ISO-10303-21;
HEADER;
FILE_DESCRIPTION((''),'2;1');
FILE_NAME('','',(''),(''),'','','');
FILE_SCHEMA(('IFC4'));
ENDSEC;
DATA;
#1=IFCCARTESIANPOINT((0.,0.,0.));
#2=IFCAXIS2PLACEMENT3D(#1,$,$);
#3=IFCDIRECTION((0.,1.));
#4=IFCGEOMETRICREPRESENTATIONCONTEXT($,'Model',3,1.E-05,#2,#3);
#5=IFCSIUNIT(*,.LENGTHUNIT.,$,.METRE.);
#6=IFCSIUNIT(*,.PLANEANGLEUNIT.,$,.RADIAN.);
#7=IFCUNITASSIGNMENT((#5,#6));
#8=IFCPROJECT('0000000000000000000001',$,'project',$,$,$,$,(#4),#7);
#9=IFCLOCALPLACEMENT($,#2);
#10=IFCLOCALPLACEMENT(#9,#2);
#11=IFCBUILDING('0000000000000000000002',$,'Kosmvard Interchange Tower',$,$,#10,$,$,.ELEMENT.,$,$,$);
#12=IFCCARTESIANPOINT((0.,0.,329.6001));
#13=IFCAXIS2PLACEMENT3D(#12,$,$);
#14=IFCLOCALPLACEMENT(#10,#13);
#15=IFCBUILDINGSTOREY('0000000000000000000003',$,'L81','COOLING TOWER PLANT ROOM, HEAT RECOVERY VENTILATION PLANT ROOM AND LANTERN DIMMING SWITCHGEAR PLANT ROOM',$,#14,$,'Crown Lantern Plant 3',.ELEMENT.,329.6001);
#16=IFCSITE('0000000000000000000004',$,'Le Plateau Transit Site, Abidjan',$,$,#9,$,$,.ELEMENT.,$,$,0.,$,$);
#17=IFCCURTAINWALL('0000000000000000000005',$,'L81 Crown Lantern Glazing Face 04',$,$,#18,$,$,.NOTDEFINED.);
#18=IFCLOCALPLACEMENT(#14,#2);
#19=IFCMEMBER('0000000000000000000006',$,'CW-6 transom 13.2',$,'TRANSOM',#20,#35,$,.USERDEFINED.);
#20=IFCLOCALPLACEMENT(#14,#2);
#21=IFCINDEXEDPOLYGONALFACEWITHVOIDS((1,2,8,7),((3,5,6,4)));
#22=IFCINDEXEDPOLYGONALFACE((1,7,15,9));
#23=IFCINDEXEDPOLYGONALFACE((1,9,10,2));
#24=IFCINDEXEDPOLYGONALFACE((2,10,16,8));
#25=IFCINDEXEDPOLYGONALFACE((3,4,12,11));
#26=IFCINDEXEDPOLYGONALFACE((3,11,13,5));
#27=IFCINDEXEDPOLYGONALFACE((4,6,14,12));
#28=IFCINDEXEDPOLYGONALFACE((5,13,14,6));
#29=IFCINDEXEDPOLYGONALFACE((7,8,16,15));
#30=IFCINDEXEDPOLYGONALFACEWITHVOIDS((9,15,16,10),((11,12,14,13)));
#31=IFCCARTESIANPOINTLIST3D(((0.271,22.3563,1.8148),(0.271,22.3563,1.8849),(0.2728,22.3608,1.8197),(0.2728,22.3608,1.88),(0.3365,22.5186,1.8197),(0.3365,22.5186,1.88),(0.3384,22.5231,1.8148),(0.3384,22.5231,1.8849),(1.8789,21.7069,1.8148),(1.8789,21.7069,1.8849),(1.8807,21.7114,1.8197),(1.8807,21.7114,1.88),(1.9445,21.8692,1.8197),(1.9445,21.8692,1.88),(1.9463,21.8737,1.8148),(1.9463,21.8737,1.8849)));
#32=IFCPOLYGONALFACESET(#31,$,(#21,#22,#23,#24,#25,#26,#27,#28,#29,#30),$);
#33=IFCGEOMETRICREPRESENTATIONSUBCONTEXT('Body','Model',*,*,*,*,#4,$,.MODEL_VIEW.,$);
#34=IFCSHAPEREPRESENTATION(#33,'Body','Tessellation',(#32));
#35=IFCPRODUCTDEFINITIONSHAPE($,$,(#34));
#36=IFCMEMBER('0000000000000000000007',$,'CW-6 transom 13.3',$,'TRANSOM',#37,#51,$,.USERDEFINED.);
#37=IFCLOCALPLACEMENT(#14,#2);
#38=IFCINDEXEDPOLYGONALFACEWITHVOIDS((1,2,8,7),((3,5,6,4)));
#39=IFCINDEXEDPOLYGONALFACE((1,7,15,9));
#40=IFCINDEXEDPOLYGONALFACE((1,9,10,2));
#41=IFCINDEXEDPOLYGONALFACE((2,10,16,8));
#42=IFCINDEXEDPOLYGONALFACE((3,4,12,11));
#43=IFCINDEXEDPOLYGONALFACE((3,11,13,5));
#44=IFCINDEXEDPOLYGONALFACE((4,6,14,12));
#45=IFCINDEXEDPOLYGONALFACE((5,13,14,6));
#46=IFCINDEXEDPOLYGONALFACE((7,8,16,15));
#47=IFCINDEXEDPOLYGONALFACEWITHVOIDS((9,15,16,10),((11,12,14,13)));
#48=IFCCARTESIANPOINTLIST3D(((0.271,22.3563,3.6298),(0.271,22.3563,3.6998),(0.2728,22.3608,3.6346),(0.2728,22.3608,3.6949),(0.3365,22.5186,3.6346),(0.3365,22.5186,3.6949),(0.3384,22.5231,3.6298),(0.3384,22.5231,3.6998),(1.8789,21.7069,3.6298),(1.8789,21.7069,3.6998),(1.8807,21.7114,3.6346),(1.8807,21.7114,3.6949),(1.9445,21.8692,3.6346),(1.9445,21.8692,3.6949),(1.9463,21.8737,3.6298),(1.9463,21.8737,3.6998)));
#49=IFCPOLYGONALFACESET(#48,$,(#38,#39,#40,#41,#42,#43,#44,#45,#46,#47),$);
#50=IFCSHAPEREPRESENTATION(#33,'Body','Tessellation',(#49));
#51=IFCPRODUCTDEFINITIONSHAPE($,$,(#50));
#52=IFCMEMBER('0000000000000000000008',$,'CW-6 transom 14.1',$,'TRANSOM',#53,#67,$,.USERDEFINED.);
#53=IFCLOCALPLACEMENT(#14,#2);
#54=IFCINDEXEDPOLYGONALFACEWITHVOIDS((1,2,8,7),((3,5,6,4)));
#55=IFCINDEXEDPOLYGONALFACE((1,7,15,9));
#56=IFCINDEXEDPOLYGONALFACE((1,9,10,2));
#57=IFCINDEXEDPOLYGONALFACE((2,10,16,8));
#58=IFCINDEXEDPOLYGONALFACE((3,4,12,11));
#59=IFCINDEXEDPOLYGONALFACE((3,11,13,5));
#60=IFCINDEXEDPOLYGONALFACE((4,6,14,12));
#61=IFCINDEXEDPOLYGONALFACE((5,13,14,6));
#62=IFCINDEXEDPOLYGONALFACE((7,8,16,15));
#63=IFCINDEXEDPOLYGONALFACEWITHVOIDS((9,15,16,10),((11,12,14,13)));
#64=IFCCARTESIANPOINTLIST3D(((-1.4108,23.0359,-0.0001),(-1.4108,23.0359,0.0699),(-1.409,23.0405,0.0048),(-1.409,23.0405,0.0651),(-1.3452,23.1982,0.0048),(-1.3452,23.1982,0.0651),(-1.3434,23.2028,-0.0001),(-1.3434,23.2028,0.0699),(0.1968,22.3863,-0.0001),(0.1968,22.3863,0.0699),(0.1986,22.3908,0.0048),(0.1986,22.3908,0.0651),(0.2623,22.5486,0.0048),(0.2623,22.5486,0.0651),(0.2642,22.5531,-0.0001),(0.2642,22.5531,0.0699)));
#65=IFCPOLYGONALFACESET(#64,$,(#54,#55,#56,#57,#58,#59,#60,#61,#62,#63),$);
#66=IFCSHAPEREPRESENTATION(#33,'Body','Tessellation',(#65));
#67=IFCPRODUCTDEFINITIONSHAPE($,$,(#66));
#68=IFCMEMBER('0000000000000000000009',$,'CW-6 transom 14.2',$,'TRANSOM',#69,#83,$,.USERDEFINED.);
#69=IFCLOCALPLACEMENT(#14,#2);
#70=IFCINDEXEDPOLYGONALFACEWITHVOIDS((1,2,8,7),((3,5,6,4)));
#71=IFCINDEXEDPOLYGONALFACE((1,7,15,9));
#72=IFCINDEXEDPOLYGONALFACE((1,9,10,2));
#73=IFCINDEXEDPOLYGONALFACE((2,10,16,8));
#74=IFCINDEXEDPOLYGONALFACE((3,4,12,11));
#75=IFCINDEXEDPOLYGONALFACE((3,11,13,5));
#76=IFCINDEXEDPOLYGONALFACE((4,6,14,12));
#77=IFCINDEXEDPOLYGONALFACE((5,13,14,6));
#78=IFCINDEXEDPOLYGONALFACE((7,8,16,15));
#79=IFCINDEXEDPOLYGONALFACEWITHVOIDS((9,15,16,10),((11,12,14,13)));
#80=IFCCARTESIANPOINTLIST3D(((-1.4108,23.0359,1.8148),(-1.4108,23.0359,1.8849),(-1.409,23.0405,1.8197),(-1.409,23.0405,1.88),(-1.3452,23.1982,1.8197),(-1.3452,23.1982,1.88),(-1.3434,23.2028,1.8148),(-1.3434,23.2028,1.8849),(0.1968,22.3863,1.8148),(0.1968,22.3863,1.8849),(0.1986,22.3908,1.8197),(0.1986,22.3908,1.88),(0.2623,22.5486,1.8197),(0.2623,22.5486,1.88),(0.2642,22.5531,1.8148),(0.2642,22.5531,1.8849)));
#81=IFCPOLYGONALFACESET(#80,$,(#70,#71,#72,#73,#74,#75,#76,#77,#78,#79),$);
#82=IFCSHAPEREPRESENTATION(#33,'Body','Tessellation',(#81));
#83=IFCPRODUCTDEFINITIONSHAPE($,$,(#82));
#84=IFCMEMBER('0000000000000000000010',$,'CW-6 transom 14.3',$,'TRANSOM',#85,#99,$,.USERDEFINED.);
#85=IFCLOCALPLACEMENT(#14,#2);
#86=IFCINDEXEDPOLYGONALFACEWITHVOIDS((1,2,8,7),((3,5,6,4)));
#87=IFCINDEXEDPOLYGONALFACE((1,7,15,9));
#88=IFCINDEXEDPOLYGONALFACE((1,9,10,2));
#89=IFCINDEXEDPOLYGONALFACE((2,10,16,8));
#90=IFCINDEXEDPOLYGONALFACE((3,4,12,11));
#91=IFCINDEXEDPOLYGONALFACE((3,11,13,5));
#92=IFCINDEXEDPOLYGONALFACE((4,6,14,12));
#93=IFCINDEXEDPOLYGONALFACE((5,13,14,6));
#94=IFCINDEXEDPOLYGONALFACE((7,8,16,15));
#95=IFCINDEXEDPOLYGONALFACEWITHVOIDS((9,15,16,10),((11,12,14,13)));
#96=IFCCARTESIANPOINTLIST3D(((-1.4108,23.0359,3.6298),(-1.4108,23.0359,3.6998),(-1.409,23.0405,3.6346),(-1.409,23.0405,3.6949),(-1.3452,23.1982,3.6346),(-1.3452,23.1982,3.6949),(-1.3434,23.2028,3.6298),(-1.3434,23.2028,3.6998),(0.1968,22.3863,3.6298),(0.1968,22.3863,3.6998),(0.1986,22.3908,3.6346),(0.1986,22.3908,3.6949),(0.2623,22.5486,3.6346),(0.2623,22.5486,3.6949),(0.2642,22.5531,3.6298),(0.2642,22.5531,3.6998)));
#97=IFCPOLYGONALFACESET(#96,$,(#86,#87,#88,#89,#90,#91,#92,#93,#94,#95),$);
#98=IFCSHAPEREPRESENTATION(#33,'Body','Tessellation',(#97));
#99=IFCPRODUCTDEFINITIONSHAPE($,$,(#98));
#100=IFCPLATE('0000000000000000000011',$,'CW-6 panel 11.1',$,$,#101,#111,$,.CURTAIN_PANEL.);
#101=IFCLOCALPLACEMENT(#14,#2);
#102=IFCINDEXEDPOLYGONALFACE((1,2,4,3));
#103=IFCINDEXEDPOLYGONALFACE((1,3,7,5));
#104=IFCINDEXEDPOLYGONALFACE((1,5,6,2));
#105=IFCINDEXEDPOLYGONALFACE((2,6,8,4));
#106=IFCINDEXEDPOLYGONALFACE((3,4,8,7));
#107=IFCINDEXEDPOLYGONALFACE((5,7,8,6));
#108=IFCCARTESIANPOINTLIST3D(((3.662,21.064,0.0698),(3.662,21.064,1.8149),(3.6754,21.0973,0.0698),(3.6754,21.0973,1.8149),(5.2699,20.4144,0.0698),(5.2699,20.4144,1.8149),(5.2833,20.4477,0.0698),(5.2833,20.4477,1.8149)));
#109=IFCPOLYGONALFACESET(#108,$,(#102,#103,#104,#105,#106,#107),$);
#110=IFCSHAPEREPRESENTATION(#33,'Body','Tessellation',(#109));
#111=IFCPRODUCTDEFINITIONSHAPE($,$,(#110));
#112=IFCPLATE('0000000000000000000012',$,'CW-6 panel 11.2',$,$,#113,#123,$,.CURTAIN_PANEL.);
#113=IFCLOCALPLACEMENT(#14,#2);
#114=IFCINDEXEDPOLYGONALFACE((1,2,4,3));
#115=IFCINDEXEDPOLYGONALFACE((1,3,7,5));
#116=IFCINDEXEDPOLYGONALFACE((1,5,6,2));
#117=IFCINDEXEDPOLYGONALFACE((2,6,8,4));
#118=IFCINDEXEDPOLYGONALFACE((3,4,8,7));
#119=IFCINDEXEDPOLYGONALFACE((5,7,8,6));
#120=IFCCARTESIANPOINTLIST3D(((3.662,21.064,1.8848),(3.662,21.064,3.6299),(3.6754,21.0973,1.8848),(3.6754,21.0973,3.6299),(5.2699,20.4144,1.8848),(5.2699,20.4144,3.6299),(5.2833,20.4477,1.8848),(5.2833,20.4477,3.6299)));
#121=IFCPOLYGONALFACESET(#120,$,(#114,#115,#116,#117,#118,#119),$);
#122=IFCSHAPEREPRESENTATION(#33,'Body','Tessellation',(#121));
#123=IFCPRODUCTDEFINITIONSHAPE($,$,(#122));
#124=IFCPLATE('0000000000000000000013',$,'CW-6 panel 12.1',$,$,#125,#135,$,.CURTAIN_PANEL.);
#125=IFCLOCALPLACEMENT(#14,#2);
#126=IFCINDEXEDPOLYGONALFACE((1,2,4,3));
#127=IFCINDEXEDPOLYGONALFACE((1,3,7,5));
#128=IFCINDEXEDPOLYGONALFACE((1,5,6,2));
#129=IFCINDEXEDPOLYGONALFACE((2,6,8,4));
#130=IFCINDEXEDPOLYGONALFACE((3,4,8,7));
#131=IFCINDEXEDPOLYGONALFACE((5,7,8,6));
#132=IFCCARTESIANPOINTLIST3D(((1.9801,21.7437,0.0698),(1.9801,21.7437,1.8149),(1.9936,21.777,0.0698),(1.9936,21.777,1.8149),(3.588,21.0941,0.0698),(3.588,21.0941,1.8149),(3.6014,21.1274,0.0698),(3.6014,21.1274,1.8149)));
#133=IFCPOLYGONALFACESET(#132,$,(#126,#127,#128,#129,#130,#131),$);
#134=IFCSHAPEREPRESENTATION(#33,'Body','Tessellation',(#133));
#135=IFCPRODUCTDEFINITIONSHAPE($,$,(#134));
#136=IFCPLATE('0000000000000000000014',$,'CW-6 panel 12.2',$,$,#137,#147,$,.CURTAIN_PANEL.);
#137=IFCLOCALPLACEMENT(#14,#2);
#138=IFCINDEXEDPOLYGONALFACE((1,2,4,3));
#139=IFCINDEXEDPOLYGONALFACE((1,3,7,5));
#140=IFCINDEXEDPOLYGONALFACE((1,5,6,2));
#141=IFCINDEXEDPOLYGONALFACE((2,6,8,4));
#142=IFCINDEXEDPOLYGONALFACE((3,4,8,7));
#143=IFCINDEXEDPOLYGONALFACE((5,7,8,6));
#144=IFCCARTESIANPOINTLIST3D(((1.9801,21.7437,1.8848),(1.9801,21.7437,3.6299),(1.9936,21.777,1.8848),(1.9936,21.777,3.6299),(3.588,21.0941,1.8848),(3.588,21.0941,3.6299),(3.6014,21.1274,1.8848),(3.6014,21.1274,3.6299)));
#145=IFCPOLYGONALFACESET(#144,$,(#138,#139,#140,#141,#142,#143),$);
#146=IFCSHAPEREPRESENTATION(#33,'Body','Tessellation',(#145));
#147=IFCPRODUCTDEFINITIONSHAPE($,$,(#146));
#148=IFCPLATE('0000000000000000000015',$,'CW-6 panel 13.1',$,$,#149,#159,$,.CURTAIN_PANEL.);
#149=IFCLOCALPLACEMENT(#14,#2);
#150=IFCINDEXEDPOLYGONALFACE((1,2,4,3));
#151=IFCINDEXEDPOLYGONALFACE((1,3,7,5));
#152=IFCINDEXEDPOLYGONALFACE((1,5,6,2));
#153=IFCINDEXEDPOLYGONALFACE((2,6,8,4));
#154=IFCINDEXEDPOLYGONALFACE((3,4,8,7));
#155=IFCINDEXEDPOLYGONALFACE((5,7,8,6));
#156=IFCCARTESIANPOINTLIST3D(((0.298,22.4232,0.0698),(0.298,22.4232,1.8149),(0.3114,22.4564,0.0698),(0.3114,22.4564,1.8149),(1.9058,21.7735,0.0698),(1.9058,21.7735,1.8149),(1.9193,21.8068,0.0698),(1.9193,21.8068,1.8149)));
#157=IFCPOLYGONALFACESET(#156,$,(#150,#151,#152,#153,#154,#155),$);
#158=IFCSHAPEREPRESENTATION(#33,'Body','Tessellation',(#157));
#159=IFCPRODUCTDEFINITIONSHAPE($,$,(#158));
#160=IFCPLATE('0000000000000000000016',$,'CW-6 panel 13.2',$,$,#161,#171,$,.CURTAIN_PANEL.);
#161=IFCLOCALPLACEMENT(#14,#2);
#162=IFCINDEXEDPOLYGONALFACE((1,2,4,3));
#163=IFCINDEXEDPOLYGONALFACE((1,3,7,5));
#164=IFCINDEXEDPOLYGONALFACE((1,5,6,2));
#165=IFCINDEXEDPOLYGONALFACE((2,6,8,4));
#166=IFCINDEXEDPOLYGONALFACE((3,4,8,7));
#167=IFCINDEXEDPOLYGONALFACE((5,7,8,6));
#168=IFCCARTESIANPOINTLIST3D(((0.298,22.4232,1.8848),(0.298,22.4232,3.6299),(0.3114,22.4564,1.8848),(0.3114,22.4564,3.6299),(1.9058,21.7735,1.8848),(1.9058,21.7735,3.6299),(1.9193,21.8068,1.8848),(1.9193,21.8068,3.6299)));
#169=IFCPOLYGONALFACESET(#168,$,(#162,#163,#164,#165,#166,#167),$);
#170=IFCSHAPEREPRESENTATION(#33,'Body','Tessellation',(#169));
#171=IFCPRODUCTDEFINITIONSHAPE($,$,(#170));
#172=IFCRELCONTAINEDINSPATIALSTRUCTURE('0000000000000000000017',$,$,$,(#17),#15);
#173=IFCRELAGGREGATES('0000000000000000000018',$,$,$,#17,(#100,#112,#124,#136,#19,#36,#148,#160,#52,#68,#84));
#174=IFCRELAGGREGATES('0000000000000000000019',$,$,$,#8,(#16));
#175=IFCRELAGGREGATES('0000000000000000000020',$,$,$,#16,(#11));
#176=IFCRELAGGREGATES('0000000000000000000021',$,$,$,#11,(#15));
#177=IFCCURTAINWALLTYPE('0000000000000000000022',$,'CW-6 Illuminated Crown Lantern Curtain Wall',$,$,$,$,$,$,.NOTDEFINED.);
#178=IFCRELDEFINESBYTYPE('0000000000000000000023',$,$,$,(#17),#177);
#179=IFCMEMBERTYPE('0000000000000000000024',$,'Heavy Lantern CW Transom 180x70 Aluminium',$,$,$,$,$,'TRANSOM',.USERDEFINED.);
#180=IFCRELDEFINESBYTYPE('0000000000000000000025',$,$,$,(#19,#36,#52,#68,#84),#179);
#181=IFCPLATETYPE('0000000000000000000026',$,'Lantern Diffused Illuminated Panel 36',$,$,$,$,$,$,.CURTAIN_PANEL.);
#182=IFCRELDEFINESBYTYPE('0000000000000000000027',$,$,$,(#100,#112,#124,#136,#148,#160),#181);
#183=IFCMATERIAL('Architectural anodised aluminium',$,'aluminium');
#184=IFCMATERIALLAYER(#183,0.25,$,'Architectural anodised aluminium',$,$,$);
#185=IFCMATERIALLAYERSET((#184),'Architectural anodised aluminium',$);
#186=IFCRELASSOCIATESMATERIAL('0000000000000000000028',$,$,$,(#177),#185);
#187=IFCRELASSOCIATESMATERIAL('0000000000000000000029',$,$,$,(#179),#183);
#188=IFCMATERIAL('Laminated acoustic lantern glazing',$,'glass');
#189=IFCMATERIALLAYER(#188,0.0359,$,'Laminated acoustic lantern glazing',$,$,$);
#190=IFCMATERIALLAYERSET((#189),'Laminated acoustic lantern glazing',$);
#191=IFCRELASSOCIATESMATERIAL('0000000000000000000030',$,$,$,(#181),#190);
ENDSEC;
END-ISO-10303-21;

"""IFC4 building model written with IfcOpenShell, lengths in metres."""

from ifc_helpers import new_model, si_unit, direction, frame, origin, origin_2d, place, context, subcontext, project, spatial, rectangle, hollow_rectangle, extrude, source, transform, mapped, material, layer, layer_set, material_profile, profile_set, type_object, element, aggregate, save


model = new_model("IFC4")

# Units and contexts
model_context = context("Model", 3, precision=1e-05, world=origin(), true_north=direction((0.0, 1.0)))
body_context = subcontext(model_context, "Body", "Model", "MODEL_VIEW")
ifc_project = project(units=[si_unit("LENGTHUNIT", "METRE"), si_unit("PLANEANGLEUNIT", "RADIAN")], contexts=[model_context])

# Site, building, storey
site_placement = place(None, origin())
site = spatial("IfcSite", under=ifc_project, at=site_placement, Name="Le Plateau Transit Site, Abidjan", CompositionType="ELEMENT", RefElevation=0.0)
building_placement = place(site_placement, origin())
building = spatial("IfcBuilding", under=site, at=building_placement, Name="Kosmvard Interchange Tower", CompositionType="ELEMENT")
storey_placement = place(building_placement, frame((0.0, 0.0, 329.6001)))
storey = spatial("IfcBuildingStorey", under=building, at=storey_placement, Name="L81", Description="COOLING TOWER PLANT ROOM, HEAT RECOVERY VENTILATION PLANT ROOM AND LANTERN DIMMING SWITCHGEAR PLANT ROOM", LongName="Crown Lantern Plant 3", CompositionType="ELEMENT", Elevation=329.6001)

# Curtain wall, members, plates
ifc_material_1 = material(Name="Architectural anodised aluminium", Category="aluminium")
ifc_layer_1 = layer(ifc_material_1, 0.25, Name="Architectural anodised aluminium")
ifc_layer_set_1 = layer_set([ifc_layer_1], Name="Architectural anodised aluminium")
curtain_wall_type = type_object("IfcCurtainWallType", Name="CW-6 Illuminated Crown Lantern Curtain Wall", PredefinedType="NOTDEFINED", material=ifc_layer_set_1)
curtain_wall_placement = place(storey_placement, origin())
curtain_wall = element("IfcCurtainWall", 1, at=curtain_wall_placement, inside=storey, type_object=curtain_wall_type, Name="L81 Crown Lantern Glazing Face 04", PredefinedType="NOTDEFINED")
ifc_material_profile_1 = material_profile(ifc_material_1, hollow_rectangle(XDim=0.1799, YDim=0.0701, WallThickness=0.0049, at=origin_2d()), Name="CWT 180x70x5")
ifc_profile_set_1 = profile_set([ifc_material_profile_1], Name="Architectural anodised aluminium")
member_type_1 = type_object("IfcMemberType", Name="Heavy Lantern CW Transom 180x70 Aluminium", ElementType="TRANSOM", PredefinedType="USERDEFINED", material=ifc_profile_set_1)
shared_shape_1 = source(origin(), body_context, "Body", "SweptSolid", [
    extrude(hollow_rectangle(XDim=0.1799, YDim=0.0701, WallThickness=0.0049, at=origin_2d()), origin(), (0.0, 0.0, 1.0), 1.7341),
])
member_1_placement = place(storey_placement, frame((1.9126, 21.7903, 1.8499), z_axis=(-0.927229, 0.374496, 0.0), x_axis=(-0.374496, -0.927229, 0.0)))
member_1 = element("IfcMember", 2, at=member_1_placement, type_object=member_type_1, Name="CW-6 transom 13.2", ObjectType="TRANSOM", PredefinedType="USERDEFINED", context=body_context, shape_type="MappedRepresentation", body=[
    mapped(shared_shape_1, transform((0.0, 0.0, 0.0), scale=1.0)),
])
member_2_placement = place(storey_placement, frame((1.9126, 21.7903, 3.6648), z_axis=(-0.927229, 0.374496, 0.0), x_axis=(-0.374496, -0.927229, 0.0)))
member_2 = element("IfcMember", 3, at=member_2_placement, type_object=member_type_1, Name="CW-6 transom 13.3", ObjectType="TRANSOM", PredefinedType="USERDEFINED", context=body_context, shape_type="MappedRepresentation", body=[
    mapped(shared_shape_1, transform((0.0, 0.0, 0.0), scale=1.0)),
])
shared_shape_2 = source(origin(), body_context, "Body", "SweptSolid", [
    extrude(hollow_rectangle(XDim=0.1799, YDim=0.0701, WallThickness=0.0049, at=origin_2d()), origin(), (0.0, 0.0, 1.0), 1.7339),
])
member_3_placement = place(storey_placement, frame((0.2305, 22.4697, 0.0349), z_axis=(-0.92716, 0.374666, 0.0), x_axis=(-0.374666, -0.92716, 0.0)))
member_3 = element("IfcMember", 4, at=member_3_placement, type_object=member_type_1, Name="CW-6 transom 14.1", ObjectType="TRANSOM", PredefinedType="USERDEFINED", context=body_context, shape_type="MappedRepresentation", body=[
    mapped(shared_shape_2, transform((0.0, 0.0, 0.0), scale=1.0)),
])
member_4_placement = place(storey_placement, frame((0.2305, 22.4697, 1.8499), z_axis=(-0.92716, 0.374666, 0.0), x_axis=(-0.374666, -0.92716, 0.0)))
member_4 = element("IfcMember", 5, at=member_4_placement, type_object=member_type_1, Name="CW-6 transom 14.2", ObjectType="TRANSOM", PredefinedType="USERDEFINED", context=body_context, shape_type="MappedRepresentation", body=[
    mapped(shared_shape_2, transform((0.0, 0.0, 0.0), scale=1.0)),
])
member_5_placement = place(storey_placement, frame((0.2305, 22.4697, 3.6648), z_axis=(-0.92716, 0.374666, 0.0), x_axis=(-0.374666, -0.92716, 0.0)))
member_5 = element("IfcMember", 6, at=member_5_placement, type_object=member_type_1, Name="CW-6 transom 14.3", ObjectType="TRANSOM", PredefinedType="USERDEFINED", context=body_context, shape_type="MappedRepresentation", body=[
    mapped(shared_shape_2, transform((0.0, 0.0, 0.0), scale=1.0)),
])
ifc_material_2 = material(Name="Laminated acoustic lantern glazing", Category="glass")
ifc_layer_2 = layer(ifc_material_2, 0.0359, Name="Laminated acoustic lantern glazing")
ifc_layer_set_2 = layer_set([ifc_layer_2], Name="Laminated acoustic lantern glazing")
plate_type = type_object("IfcPlateType", Name="Lantern Diffused Illuminated Panel 36", PredefinedType="CURTAIN_PANEL", material=ifc_layer_set_2)
shared_shape_3 = source(origin(), body_context, "Body", "SweptSolid", [
    extrude(rectangle(XDim=1.7341, YDim=0.0359, at=origin_2d()), origin(), (0.0, 0.0, 1.0), 1.7451),
])
plate_1_placement = place(storey_placement, frame((4.4727, 20.7559, 0.0698), z_axis=(0.0, 0.0, 1.0), x_axis=(-0.927184, 0.374607, 0.0)))
plate_1 = element("IfcPlate", 7, at=plate_1_placement, type_object=plate_type, Name="CW-6 panel 11.1", PredefinedType="CURTAIN_PANEL", context=body_context, shape_type="MappedRepresentation", body=[
    mapped(shared_shape_3, transform((0.0, 0.0, 0.0), scale=1.0)),
])
plate_2_placement = place(storey_placement, frame((4.4727, 20.7559, 1.8848), z_axis=(0.0, 0.0, 1.0), x_axis=(-0.927184, 0.374607, 0.0)))
plate_2 = element("IfcPlate", 8, at=plate_2_placement, type_object=plate_type, Name="CW-6 panel 11.2", PredefinedType="CURTAIN_PANEL", context=body_context, shape_type="MappedRepresentation", body=[
    mapped(shared_shape_3, transform((0.0, 0.0, 0.0), scale=1.0)),
])
plate_3_placement = place(storey_placement, frame((2.7908, 21.4355, 0.0698), z_axis=(0.0, 0.0, 1.0), x_axis=(-0.927184, 0.374607, 0.0)))
plate_3 = element("IfcPlate", 9, at=plate_3_placement, type_object=plate_type, Name="CW-6 panel 12.1", PredefinedType="CURTAIN_PANEL", context=body_context, shape_type="MappedRepresentation", body=[
    mapped(shared_shape_3, transform((0.0, 0.0, 0.0), scale=1.0)),
])
plate_4_placement = place(storey_placement, frame((2.7908, 21.4355, 1.8848), z_axis=(0.0, 0.0, 1.0), x_axis=(-0.927184, 0.374607, 0.0)))
plate_4 = element("IfcPlate", 10, at=plate_4_placement, type_object=plate_type, Name="CW-6 panel 12.2", PredefinedType="CURTAIN_PANEL", context=body_context, shape_type="MappedRepresentation", body=[
    mapped(shared_shape_3, transform((0.0, 0.0, 0.0), scale=1.0)),
])
plate_5_placement = place(storey_placement, frame((1.1086, 22.115, 0.0698), z_axis=(0.0, 0.0, 1.0), x_axis=(-0.927184, 0.374607, 0.0)))
plate_5 = element("IfcPlate", 11, at=plate_5_placement, type_object=plate_type, Name="CW-6 panel 13.1", PredefinedType="CURTAIN_PANEL", context=body_context, shape_type="MappedRepresentation", body=[
    mapped(shared_shape_3, transform((0.0, 0.0, 0.0), scale=1.0)),
])
plate_6_placement = place(storey_placement, frame((1.1086, 22.115, 1.8848), z_axis=(0.0, 0.0, 1.0), x_axis=(-0.927184, 0.374607, 0.0)))
plate_6 = element("IfcPlate", 12, at=plate_6_placement, type_object=plate_type, Name="CW-6 panel 13.2", PredefinedType="CURTAIN_PANEL", context=body_context, shape_type="MappedRepresentation", body=[
    mapped(shared_shape_3, transform((0.0, 0.0, 0.0), scale=1.0)),
])
aggregate(curtain_wall, [plate_1, plate_2, plate_3, plate_4, member_1, member_2, plate_5, plate_6, member_3, member_4, member_5])

save(model, "model.ifc")
